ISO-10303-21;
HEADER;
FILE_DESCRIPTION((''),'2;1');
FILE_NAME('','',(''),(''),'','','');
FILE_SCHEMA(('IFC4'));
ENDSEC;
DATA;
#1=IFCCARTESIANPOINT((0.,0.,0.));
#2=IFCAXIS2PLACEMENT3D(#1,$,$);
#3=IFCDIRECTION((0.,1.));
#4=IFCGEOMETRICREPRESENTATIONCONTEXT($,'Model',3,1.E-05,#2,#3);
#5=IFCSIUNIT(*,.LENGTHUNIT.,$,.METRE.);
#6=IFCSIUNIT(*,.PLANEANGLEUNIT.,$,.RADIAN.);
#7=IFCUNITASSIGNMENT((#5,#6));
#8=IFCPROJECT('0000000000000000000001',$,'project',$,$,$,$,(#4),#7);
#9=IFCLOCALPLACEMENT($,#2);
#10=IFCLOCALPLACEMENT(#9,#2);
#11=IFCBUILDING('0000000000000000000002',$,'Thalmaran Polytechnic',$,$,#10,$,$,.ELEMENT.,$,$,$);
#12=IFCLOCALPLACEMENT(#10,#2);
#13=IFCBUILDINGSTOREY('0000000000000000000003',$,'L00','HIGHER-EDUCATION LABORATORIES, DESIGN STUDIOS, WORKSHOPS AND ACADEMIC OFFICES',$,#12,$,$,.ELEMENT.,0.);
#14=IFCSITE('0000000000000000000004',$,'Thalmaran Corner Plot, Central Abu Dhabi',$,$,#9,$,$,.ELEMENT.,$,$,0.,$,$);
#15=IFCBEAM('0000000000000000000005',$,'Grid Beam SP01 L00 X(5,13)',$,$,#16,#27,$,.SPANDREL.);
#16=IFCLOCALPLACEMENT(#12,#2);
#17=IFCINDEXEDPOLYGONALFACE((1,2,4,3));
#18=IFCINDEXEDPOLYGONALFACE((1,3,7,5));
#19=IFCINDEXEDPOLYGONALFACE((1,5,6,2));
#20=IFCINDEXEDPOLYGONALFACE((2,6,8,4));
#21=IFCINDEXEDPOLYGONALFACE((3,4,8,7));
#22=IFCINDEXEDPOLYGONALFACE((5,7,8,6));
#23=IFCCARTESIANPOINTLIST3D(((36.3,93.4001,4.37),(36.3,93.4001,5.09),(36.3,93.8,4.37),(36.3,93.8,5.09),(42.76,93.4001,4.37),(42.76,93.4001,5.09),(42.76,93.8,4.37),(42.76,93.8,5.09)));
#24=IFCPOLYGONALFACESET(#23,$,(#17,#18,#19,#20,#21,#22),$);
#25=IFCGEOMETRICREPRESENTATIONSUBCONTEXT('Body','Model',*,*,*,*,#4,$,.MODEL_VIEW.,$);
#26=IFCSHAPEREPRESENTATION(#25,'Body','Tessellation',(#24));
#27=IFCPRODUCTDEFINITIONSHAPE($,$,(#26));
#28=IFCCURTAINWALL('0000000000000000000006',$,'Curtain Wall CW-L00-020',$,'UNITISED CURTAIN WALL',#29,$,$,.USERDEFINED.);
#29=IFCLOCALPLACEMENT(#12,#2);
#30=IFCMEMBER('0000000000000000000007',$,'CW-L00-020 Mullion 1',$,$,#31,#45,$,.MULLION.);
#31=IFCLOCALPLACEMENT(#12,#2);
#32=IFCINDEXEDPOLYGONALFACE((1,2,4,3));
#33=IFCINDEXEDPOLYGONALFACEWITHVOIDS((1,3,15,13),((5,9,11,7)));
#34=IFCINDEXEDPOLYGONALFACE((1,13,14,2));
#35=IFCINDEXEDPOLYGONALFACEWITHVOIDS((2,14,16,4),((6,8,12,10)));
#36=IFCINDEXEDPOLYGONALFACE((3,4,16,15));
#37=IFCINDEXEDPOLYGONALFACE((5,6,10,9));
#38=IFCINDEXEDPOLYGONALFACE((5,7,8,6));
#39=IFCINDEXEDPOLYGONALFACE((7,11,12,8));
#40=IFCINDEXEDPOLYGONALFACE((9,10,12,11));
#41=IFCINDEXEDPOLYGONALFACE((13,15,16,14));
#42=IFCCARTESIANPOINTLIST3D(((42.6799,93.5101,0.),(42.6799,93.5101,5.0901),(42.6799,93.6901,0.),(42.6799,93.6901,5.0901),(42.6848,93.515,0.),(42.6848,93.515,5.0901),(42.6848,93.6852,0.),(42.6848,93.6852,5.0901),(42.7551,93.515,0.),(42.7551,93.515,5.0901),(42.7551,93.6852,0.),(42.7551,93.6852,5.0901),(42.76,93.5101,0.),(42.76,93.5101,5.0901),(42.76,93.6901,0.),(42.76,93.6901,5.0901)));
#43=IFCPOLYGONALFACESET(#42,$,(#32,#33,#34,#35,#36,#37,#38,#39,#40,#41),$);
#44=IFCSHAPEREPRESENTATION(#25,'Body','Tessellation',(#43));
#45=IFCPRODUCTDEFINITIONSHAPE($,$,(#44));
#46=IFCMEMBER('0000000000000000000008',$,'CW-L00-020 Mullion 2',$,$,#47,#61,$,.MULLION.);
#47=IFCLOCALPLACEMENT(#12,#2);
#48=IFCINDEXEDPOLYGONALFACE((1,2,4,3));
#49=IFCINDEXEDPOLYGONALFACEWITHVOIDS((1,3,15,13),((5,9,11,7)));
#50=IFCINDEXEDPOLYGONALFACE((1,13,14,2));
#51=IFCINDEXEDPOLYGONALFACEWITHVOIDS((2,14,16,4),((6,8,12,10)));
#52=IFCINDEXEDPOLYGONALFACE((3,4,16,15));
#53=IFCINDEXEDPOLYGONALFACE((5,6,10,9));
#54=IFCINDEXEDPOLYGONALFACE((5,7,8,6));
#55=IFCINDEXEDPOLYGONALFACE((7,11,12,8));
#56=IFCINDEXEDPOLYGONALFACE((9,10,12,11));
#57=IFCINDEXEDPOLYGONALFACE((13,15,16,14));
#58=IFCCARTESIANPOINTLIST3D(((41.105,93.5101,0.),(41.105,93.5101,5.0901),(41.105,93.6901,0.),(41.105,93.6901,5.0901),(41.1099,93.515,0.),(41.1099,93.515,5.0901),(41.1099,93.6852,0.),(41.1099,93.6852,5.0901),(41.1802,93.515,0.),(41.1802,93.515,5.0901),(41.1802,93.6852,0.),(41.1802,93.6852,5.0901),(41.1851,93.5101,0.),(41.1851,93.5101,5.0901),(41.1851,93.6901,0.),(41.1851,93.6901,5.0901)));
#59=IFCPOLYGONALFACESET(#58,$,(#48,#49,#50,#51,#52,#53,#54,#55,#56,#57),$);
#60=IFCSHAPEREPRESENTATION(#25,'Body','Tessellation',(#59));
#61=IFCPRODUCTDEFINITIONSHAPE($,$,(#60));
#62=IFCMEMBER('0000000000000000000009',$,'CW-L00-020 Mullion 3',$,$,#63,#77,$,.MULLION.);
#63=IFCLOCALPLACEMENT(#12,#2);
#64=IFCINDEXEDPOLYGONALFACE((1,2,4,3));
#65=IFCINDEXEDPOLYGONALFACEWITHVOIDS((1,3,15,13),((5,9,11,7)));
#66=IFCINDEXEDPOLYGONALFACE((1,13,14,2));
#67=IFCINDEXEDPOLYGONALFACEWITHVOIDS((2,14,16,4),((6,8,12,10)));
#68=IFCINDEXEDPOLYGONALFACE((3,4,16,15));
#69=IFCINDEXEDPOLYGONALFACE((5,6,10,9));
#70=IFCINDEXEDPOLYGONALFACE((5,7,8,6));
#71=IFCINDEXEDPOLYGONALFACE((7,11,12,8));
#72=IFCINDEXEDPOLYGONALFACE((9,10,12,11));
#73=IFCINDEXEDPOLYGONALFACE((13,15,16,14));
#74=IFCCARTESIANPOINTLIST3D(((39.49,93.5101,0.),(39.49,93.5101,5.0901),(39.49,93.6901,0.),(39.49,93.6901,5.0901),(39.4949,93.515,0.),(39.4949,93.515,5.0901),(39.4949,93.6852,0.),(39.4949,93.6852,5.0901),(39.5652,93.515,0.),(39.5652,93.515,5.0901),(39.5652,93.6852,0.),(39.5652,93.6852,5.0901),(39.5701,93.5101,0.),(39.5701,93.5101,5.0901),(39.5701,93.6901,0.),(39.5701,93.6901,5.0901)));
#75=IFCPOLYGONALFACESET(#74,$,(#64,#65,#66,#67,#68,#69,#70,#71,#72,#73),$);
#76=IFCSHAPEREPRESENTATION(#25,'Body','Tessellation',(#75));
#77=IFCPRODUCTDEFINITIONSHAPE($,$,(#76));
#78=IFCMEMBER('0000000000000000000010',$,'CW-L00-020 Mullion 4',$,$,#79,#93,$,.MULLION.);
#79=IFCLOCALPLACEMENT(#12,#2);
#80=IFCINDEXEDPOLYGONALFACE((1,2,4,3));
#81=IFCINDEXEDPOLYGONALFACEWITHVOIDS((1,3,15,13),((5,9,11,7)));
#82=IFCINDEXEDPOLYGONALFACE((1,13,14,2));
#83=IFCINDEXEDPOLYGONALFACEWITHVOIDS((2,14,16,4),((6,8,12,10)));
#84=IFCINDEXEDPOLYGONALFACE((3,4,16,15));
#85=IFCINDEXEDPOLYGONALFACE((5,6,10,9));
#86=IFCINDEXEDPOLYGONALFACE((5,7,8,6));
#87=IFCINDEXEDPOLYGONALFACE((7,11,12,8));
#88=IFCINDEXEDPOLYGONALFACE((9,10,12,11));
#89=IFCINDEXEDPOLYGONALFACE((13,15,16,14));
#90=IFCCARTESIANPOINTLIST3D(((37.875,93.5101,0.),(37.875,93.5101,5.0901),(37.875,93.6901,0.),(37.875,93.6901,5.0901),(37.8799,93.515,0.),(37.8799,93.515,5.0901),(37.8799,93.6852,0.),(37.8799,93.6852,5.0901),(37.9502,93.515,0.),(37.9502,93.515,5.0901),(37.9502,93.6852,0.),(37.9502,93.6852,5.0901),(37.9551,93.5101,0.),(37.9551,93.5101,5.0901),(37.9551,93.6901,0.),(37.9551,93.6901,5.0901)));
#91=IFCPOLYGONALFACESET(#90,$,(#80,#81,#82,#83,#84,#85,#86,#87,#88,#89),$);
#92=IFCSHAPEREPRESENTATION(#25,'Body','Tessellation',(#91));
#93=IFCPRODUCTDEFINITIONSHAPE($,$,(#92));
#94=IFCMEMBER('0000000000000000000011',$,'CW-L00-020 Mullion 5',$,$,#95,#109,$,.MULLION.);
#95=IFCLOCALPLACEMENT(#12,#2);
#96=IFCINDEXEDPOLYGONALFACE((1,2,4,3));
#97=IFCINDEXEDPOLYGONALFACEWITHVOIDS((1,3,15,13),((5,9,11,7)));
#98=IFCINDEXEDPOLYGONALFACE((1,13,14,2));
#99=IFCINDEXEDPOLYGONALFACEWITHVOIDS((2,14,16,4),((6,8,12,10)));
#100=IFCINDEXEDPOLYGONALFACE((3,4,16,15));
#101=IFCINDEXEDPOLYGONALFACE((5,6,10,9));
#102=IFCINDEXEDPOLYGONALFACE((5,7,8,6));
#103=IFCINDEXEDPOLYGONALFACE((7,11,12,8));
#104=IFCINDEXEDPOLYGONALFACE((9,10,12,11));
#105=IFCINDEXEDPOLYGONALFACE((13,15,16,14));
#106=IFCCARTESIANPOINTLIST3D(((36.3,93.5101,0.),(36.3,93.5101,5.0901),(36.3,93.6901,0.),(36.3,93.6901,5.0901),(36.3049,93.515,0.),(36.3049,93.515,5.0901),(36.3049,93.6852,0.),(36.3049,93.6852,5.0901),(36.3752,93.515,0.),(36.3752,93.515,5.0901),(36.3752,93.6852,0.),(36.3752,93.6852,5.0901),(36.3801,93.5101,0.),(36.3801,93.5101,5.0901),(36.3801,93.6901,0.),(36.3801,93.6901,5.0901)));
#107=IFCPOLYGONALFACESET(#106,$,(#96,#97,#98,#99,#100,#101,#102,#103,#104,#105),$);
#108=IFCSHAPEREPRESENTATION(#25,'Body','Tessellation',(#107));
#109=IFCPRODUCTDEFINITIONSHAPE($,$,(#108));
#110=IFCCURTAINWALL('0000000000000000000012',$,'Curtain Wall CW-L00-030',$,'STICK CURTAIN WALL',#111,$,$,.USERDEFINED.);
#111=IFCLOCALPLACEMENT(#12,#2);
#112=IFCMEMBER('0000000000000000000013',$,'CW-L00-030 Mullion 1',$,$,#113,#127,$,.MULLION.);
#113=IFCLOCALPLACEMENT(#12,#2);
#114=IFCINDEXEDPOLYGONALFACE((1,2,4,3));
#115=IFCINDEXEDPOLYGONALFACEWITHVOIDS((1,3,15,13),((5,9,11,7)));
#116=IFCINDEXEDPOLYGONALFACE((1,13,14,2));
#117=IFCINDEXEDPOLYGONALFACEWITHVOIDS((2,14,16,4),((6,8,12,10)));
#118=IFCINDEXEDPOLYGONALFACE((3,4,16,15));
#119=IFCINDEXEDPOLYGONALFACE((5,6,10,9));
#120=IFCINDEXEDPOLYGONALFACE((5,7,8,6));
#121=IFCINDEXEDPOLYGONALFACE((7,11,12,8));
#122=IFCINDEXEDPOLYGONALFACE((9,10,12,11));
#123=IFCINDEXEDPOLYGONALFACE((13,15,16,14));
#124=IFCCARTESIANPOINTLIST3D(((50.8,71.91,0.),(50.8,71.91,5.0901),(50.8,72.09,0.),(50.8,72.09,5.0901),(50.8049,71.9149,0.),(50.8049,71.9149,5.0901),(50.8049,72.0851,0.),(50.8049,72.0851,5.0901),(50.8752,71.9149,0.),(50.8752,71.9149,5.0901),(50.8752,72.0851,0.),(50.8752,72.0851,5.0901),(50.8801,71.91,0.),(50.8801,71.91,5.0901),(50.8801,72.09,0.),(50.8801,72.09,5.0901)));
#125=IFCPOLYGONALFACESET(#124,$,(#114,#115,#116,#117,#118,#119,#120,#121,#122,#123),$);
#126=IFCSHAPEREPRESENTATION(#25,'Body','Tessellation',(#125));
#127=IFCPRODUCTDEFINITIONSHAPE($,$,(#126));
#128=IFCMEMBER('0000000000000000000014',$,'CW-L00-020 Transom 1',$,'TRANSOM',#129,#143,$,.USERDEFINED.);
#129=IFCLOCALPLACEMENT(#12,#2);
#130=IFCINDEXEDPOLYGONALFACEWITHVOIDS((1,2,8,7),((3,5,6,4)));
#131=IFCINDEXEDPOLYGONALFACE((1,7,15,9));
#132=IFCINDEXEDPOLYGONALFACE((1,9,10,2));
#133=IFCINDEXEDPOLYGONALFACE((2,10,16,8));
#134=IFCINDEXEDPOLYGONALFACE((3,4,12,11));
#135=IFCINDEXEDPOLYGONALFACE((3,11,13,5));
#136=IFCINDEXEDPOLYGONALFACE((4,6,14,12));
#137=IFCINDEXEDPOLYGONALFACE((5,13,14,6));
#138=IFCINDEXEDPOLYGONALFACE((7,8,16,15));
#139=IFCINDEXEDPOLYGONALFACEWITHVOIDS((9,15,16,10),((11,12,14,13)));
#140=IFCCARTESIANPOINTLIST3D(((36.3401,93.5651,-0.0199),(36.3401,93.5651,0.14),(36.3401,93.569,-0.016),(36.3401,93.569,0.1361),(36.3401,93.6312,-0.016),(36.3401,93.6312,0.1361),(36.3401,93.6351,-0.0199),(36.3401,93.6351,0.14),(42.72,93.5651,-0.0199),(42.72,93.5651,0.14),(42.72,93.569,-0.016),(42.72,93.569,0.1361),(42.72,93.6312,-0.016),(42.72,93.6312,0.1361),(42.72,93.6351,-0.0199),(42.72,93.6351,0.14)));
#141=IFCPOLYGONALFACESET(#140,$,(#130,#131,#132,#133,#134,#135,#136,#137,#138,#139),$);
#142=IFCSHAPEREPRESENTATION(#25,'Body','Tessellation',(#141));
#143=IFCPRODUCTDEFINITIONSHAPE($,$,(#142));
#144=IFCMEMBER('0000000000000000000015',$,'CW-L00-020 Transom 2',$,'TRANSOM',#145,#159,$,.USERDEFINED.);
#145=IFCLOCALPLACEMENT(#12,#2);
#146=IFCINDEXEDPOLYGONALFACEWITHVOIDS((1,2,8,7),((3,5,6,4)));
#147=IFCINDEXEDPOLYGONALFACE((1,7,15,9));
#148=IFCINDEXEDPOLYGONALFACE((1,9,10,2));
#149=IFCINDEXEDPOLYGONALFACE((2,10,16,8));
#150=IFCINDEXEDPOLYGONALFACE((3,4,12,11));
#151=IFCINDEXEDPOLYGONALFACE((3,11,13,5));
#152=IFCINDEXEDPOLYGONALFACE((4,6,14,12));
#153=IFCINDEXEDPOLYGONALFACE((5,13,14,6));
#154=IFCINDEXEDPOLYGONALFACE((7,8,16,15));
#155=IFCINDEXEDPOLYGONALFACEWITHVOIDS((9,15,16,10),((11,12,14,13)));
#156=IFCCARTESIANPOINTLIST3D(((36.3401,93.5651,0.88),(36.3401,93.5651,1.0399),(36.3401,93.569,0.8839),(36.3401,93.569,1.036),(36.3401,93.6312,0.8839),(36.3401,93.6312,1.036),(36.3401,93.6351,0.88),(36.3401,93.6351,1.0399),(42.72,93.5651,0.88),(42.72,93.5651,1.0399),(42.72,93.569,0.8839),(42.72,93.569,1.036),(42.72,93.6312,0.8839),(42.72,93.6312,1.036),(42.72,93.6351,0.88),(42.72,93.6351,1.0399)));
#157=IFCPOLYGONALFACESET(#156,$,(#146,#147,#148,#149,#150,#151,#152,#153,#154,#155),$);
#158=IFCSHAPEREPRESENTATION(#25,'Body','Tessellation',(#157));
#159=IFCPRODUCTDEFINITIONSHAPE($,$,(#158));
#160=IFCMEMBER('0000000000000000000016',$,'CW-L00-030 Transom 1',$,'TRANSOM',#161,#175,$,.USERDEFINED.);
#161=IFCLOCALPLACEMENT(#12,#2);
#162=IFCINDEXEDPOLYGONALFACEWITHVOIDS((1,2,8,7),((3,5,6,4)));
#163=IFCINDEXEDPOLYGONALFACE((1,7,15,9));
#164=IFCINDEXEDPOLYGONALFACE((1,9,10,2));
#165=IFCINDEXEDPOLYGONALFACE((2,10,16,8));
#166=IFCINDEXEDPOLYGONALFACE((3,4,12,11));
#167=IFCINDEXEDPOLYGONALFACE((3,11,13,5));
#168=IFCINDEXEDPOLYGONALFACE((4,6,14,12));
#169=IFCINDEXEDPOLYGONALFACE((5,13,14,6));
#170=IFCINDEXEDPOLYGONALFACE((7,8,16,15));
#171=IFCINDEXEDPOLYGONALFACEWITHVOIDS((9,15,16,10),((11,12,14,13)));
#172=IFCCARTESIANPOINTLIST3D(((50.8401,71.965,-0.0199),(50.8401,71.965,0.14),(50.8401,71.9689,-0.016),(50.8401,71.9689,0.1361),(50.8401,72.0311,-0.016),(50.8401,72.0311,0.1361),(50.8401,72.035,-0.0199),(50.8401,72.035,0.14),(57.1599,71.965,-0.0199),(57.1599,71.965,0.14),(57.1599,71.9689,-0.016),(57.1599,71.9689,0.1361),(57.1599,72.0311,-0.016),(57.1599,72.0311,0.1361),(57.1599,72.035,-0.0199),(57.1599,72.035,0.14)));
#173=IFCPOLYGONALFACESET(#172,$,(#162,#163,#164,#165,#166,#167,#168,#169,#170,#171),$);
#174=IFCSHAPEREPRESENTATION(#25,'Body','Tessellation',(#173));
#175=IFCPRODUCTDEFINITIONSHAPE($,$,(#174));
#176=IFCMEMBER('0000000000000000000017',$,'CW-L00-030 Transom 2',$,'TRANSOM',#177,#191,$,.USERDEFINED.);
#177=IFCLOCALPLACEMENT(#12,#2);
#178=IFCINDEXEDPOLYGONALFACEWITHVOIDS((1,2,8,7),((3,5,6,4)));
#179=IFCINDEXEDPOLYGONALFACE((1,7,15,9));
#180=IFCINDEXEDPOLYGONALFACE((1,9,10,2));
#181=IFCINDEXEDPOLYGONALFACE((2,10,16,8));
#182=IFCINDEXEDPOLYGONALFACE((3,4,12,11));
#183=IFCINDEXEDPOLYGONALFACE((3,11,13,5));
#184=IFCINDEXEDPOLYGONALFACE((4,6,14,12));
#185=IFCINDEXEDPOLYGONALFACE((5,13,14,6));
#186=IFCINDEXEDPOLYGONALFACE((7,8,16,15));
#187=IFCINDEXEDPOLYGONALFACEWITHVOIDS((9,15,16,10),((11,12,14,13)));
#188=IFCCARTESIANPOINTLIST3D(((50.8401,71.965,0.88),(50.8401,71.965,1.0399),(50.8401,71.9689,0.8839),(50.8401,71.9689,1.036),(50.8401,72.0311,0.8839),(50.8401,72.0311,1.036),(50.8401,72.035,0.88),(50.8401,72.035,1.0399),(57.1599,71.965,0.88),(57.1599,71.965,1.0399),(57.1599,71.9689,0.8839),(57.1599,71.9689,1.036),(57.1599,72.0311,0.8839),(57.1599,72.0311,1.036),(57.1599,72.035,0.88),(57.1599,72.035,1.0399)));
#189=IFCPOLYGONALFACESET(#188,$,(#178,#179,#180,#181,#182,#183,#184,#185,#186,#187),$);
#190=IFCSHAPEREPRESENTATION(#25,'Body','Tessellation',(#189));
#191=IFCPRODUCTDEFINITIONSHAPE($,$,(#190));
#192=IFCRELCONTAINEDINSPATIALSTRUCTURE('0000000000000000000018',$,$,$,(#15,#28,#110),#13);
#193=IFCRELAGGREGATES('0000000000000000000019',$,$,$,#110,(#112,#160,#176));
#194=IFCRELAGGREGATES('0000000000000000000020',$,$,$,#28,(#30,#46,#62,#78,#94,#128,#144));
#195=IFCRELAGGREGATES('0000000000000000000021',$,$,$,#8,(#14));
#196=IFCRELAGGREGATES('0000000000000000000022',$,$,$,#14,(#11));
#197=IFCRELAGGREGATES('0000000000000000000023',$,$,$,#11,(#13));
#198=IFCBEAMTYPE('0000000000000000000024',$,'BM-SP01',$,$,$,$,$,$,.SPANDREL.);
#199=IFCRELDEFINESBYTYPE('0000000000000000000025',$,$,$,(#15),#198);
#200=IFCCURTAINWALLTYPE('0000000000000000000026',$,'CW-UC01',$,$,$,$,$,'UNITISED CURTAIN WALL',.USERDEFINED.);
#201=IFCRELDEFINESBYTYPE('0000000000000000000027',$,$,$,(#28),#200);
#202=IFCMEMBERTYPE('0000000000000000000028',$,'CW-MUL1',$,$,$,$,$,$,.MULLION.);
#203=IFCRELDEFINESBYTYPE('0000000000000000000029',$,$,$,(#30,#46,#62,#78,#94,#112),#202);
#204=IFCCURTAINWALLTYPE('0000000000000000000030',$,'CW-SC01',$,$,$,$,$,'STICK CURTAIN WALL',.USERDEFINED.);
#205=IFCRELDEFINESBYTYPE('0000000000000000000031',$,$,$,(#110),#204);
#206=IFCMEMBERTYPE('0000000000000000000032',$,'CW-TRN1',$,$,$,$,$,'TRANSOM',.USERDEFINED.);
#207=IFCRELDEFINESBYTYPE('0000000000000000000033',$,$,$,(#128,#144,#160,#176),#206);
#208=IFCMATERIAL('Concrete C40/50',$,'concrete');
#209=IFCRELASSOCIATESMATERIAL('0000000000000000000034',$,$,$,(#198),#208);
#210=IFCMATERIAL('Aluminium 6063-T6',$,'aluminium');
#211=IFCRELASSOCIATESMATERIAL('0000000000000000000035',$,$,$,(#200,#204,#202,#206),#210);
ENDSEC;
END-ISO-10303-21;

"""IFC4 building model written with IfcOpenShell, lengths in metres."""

from ifc_helpers import new_model, si_unit, direction, frame, origin, origin_2d, place, context, subcontext, project, spatial, rectangle, hollow_rectangle, extrude, material, material_profile, profile_set, type_object, element, aggregate, save


model = new_model("IFC4")

# Units and contexts
model_context = context("Model", 3, precision=1e-05, world=origin(), true_north=direction((0.0, 1.0)))
body_context = subcontext(model_context, "Body", "Model", "MODEL_VIEW")
ifc_project = project(units=[si_unit("LENGTHUNIT", "METRE"), si_unit("PLANEANGLEUNIT", "RADIAN")], contexts=[model_context])

# Site, building, storey
site_placement = place(None, origin())
site = spatial("IfcSite", under=ifc_project, at=site_placement, Name="Thalmaran Corner Plot, Central Abu Dhabi", CompositionType="ELEMENT", RefElevation=0.0)
building_placement = place(site_placement, origin())
building = spatial("IfcBuilding", under=site, at=building_placement, Name="Thalmaran Polytechnic", CompositionType="ELEMENT")
storey_placement = place(building_placement, origin())
storey = spatial("IfcBuildingStorey", under=building, at=storey_placement, Name="L00", Description="HIGHER-EDUCATION LABORATORIES, DESIGN STUDIOS, WORKSHOPS AND ACADEMIC OFFICES", CompositionType="ELEMENT", Elevation=0.0)

# Beam
ifc_material_1 = material(Name="Concrete C40/50", Category="concrete")
ifc_material_profile_1 = material_profile(ifc_material_1, rectangle(XDim=0.3999, YDim=0.72, at=origin_2d()), Name="RC 400x720")
ifc_profile_set_1 = profile_set([ifc_material_profile_1], Name="Concrete C40/50")
beam_type = type_object("IfcBeamType", Name="BM-SP01", PredefinedType="SPANDREL", material=ifc_profile_set_1)
beam_placement = place(storey_placement, frame((36.3, 93.6001, 4.73), z_axis=(1.0, 0.0, 0.0), x_axis=(0.0, 1.0, 0.0)))
element("IfcBeam", 1, at=beam_placement, inside=storey, type_object=beam_type, Name="Grid Beam SP01 L00 X(5,13)", PredefinedType="SPANDREL", context=body_context, shape_type="SweptSolid", body=[
    extrude(rectangle(XDim=0.3999, YDim=0.72, at=origin_2d()), origin(), (0.0, 0.0, 1.0), 6.46),
])

# Curtain wall, members
ifc_material_2 = material(Name="Aluminium 6063-T6", Category="aluminium")
curtain_wall_type_1 = type_object("IfcCurtainWallType", Name="CW-UC01", ElementType="UNITISED CURTAIN WALL", PredefinedType="USERDEFINED", material=ifc_material_2)
curtain_wall_1_placement = place(storey_placement, origin())
curtain_wall_1 = element("IfcCurtainWall", 2, at=curtain_wall_1_placement, inside=storey, type_object=curtain_wall_type_1, Name="Curtain Wall CW-L00-020", ObjectType="UNITISED CURTAIN WALL", PredefinedType="USERDEFINED")
ifc_material_profile_2 = material_profile(ifc_material_2, hollow_rectangle(XDim=0.0801, YDim=0.1799, WallThickness=0.0049, at=origin_2d()), Name="RHS 180x80x5.0")
ifc_profile_set_2 = profile_set([ifc_material_profile_2], Name="Aluminium 6063-T6")
member_type_1 = type_object("IfcMemberType", Name="CW-MUL1", PredefinedType="MULLION", material=ifc_profile_set_2)
member_1_placement = place(storey_placement, frame((42.72, 93.6001, 0.0), z_axis=(0.0, 0.0, 1.0), x_axis=(1.0, 0.0, 0.0)))
member_1 = element("IfcMember", 3, at=member_1_placement, type_object=member_type_1, Name="CW-L00-020 Mullion 1", PredefinedType="MULLION", context=body_context, shape_type="SweptSolid", body=[
    extrude(hollow_rectangle(XDim=0.0801, YDim=0.1799, WallThickness=0.0049, at=origin_2d()), origin(), (0.0, 0.0, 1.0), 5.0901),
])
member_2_placement = place(storey_placement, frame((41.145, 93.6001, 0.0), z_axis=(0.0, 0.0, 1.0), x_axis=(1.0, 0.0, 0.0)))
member_2 = element("IfcMember", 4, at=member_2_placement, type_object=member_type_1, Name="CW-L00-020 Mullion 2", PredefinedType="MULLION", context=body_context, shape_type="SweptSolid", body=[
    extrude(hollow_rectangle(XDim=0.0801, YDim=0.1799, WallThickness=0.0049, at=origin_2d()), origin(), (0.0, 0.0, 1.0), 5.0901),
])
member_3_placement = place(storey_placement, frame((39.53, 93.6001, 0.0), z_axis=(0.0, 0.0, 1.0), x_axis=(1.0, 0.0, 0.0)))
member_3 = element("IfcMember", 5, at=member_3_placement, type_object=member_type_1, Name="CW-L00-020 Mullion 3", PredefinedType="MULLION", context=body_context, shape_type="SweptSolid", body=[
    extrude(hollow_rectangle(XDim=0.0801, YDim=0.1799, WallThickness=0.0049, at=origin_2d()), origin(), (0.0, 0.0, 1.0), 5.0901),
])
member_4_placement = place(storey_placement, frame((37.915, 93.6001, 0.0), z_axis=(0.0, 0.0, 1.0), x_axis=(1.0, 0.0, 0.0)))
member_4 = element("IfcMember", 6, at=member_4_placement, type_object=member_type_1, Name="CW-L00-020 Mullion 4", PredefinedType="MULLION", context=body_context, shape_type="SweptSolid", body=[
    extrude(hollow_rectangle(XDim=0.0801, YDim=0.1799, WallThickness=0.0049, at=origin_2d()), origin(), (0.0, 0.0, 1.0), 5.0901),
])
member_5_placement = place(storey_placement, frame((36.3401, 93.6001, 0.0), z_axis=(0.0, 0.0, 1.0), x_axis=(1.0, 0.0, 0.0)))
member_5 = element("IfcMember", 7, at=member_5_placement, type_object=member_type_1, Name="CW-L00-020 Mullion 5", PredefinedType="MULLION", context=body_context, shape_type="SweptSolid", body=[
    extrude(hollow_rectangle(XDim=0.0801, YDim=0.1799, WallThickness=0.0049, at=origin_2d()), origin(), (0.0, 0.0, 1.0), 5.0901),
])

# Curtain wall, member
curtain_wall_type_2 = type_object("IfcCurtainWallType", Name="CW-SC01", ElementType="STICK CURTAIN WALL", PredefinedType="USERDEFINED", material=ifc_material_2)
curtain_wall_2_placement = place(storey_placement, origin())
curtain_wall_2 = element("IfcCurtainWall", 8, at=curtain_wall_2_placement, inside=storey, type_object=curtain_wall_type_2, Name="Curtain Wall CW-L00-030", ObjectType="STICK CURTAIN WALL", PredefinedType="USERDEFINED")
member_6_placement = place(storey_placement, frame((50.8401, 72.0, 0.0), z_axis=(0.0, 0.0, 1.0), x_axis=(1.0, 0.0, 0.0)))
member_6 = element("IfcMember", 9, at=member_6_placement, type_object=member_type_1, Name="CW-L00-030 Mullion 1", PredefinedType="MULLION", context=body_context, shape_type="SweptSolid", body=[
    extrude(hollow_rectangle(XDim=0.0801, YDim=0.1799, WallThickness=0.0049, at=origin_2d()), origin(), (0.0, 0.0, 1.0), 5.0901),
])

# Members
ifc_material_profile_3 = material_profile(ifc_material_2, hollow_rectangle(XDim=0.0701, YDim=0.1599, WallThickness=0.0039, at=origin_2d()), Name="AL 160x70x4.0")
ifc_profile_set_3 = profile_set([ifc_material_profile_3], Name="Aluminium 6063-T6")
member_type_2 = type_object("IfcMemberType", Name="CW-TRN1", ElementType="TRANSOM", PredefinedType="USERDEFINED", material=ifc_profile_set_3)
member_7_placement = place(storey_placement, frame((42.72, 93.6001, 0.0601), z_axis=(-1.0, 0.0, 0.0), x_axis=(0.0, -1.0, 0.0)))
member_7 = element("IfcMember", 10, at=member_7_placement, type_object=member_type_2, Name="CW-L00-020 Transom 1", ObjectType="TRANSOM", PredefinedType="USERDEFINED", context=body_context, shape_type="SweptSolid", body=[
    extrude(hollow_rectangle(XDim=0.0701, YDim=0.1599, WallThickness=0.0039, at=origin_2d()), origin(), (0.0, 0.0, 1.0), 6.3799),
])
member_8_placement = place(storey_placement, frame((42.72, 93.6001, 0.96), z_axis=(-1.0, 0.0, 0.0), x_axis=(0.0, -1.0, 0.0)))
member_8 = element("IfcMember", 11, at=member_8_placement, type_object=member_type_2, Name="CW-L00-020 Transom 2", ObjectType="TRANSOM", PredefinedType="USERDEFINED", context=body_context, shape_type="SweptSolid", body=[
    extrude(hollow_rectangle(XDim=0.0701, YDim=0.1599, WallThickness=0.0039, at=origin_2d()), origin(), (0.0, 0.0, 1.0), 6.3799),
])
member_9_placement = place(storey_placement, frame((50.8401, 72.0, 0.0601), z_axis=(1.0, 0.0, 0.0), x_axis=(0.0, 1.0, 0.0)))
member_9 = element("IfcMember", 12, at=member_9_placement, type_object=member_type_2, Name="CW-L00-030 Transom 1", ObjectType="TRANSOM", PredefinedType="USERDEFINED", context=body_context, shape_type="SweptSolid", body=[
    extrude(hollow_rectangle(XDim=0.0701, YDim=0.1599, WallThickness=0.0039, at=origin_2d()), origin(), (0.0, 0.0, 1.0), 6.3198),
])
member_10_placement = place(storey_placement, frame((50.8401, 72.0, 0.96), z_axis=(1.0, 0.0, 0.0), x_axis=(0.0, 1.0, 0.0)))
member_10 = element("IfcMember", 13, at=member_10_placement, type_object=member_type_2, Name="CW-L00-030 Transom 2", ObjectType="TRANSOM", PredefinedType="USERDEFINED", context=body_context, shape_type="SweptSolid", body=[
    extrude(hollow_rectangle(XDim=0.0701, YDim=0.1599, WallThickness=0.0039, at=origin_2d()), origin(), (0.0, 0.0, 1.0), 6.3198),
])
aggregate(curtain_wall_2, [member_6, member_9, member_10])

aggregate(curtain_wall_1, [member_1, member_2, member_3, member_4, member_5, member_7, member_8])

save(model, "model.ifc")
